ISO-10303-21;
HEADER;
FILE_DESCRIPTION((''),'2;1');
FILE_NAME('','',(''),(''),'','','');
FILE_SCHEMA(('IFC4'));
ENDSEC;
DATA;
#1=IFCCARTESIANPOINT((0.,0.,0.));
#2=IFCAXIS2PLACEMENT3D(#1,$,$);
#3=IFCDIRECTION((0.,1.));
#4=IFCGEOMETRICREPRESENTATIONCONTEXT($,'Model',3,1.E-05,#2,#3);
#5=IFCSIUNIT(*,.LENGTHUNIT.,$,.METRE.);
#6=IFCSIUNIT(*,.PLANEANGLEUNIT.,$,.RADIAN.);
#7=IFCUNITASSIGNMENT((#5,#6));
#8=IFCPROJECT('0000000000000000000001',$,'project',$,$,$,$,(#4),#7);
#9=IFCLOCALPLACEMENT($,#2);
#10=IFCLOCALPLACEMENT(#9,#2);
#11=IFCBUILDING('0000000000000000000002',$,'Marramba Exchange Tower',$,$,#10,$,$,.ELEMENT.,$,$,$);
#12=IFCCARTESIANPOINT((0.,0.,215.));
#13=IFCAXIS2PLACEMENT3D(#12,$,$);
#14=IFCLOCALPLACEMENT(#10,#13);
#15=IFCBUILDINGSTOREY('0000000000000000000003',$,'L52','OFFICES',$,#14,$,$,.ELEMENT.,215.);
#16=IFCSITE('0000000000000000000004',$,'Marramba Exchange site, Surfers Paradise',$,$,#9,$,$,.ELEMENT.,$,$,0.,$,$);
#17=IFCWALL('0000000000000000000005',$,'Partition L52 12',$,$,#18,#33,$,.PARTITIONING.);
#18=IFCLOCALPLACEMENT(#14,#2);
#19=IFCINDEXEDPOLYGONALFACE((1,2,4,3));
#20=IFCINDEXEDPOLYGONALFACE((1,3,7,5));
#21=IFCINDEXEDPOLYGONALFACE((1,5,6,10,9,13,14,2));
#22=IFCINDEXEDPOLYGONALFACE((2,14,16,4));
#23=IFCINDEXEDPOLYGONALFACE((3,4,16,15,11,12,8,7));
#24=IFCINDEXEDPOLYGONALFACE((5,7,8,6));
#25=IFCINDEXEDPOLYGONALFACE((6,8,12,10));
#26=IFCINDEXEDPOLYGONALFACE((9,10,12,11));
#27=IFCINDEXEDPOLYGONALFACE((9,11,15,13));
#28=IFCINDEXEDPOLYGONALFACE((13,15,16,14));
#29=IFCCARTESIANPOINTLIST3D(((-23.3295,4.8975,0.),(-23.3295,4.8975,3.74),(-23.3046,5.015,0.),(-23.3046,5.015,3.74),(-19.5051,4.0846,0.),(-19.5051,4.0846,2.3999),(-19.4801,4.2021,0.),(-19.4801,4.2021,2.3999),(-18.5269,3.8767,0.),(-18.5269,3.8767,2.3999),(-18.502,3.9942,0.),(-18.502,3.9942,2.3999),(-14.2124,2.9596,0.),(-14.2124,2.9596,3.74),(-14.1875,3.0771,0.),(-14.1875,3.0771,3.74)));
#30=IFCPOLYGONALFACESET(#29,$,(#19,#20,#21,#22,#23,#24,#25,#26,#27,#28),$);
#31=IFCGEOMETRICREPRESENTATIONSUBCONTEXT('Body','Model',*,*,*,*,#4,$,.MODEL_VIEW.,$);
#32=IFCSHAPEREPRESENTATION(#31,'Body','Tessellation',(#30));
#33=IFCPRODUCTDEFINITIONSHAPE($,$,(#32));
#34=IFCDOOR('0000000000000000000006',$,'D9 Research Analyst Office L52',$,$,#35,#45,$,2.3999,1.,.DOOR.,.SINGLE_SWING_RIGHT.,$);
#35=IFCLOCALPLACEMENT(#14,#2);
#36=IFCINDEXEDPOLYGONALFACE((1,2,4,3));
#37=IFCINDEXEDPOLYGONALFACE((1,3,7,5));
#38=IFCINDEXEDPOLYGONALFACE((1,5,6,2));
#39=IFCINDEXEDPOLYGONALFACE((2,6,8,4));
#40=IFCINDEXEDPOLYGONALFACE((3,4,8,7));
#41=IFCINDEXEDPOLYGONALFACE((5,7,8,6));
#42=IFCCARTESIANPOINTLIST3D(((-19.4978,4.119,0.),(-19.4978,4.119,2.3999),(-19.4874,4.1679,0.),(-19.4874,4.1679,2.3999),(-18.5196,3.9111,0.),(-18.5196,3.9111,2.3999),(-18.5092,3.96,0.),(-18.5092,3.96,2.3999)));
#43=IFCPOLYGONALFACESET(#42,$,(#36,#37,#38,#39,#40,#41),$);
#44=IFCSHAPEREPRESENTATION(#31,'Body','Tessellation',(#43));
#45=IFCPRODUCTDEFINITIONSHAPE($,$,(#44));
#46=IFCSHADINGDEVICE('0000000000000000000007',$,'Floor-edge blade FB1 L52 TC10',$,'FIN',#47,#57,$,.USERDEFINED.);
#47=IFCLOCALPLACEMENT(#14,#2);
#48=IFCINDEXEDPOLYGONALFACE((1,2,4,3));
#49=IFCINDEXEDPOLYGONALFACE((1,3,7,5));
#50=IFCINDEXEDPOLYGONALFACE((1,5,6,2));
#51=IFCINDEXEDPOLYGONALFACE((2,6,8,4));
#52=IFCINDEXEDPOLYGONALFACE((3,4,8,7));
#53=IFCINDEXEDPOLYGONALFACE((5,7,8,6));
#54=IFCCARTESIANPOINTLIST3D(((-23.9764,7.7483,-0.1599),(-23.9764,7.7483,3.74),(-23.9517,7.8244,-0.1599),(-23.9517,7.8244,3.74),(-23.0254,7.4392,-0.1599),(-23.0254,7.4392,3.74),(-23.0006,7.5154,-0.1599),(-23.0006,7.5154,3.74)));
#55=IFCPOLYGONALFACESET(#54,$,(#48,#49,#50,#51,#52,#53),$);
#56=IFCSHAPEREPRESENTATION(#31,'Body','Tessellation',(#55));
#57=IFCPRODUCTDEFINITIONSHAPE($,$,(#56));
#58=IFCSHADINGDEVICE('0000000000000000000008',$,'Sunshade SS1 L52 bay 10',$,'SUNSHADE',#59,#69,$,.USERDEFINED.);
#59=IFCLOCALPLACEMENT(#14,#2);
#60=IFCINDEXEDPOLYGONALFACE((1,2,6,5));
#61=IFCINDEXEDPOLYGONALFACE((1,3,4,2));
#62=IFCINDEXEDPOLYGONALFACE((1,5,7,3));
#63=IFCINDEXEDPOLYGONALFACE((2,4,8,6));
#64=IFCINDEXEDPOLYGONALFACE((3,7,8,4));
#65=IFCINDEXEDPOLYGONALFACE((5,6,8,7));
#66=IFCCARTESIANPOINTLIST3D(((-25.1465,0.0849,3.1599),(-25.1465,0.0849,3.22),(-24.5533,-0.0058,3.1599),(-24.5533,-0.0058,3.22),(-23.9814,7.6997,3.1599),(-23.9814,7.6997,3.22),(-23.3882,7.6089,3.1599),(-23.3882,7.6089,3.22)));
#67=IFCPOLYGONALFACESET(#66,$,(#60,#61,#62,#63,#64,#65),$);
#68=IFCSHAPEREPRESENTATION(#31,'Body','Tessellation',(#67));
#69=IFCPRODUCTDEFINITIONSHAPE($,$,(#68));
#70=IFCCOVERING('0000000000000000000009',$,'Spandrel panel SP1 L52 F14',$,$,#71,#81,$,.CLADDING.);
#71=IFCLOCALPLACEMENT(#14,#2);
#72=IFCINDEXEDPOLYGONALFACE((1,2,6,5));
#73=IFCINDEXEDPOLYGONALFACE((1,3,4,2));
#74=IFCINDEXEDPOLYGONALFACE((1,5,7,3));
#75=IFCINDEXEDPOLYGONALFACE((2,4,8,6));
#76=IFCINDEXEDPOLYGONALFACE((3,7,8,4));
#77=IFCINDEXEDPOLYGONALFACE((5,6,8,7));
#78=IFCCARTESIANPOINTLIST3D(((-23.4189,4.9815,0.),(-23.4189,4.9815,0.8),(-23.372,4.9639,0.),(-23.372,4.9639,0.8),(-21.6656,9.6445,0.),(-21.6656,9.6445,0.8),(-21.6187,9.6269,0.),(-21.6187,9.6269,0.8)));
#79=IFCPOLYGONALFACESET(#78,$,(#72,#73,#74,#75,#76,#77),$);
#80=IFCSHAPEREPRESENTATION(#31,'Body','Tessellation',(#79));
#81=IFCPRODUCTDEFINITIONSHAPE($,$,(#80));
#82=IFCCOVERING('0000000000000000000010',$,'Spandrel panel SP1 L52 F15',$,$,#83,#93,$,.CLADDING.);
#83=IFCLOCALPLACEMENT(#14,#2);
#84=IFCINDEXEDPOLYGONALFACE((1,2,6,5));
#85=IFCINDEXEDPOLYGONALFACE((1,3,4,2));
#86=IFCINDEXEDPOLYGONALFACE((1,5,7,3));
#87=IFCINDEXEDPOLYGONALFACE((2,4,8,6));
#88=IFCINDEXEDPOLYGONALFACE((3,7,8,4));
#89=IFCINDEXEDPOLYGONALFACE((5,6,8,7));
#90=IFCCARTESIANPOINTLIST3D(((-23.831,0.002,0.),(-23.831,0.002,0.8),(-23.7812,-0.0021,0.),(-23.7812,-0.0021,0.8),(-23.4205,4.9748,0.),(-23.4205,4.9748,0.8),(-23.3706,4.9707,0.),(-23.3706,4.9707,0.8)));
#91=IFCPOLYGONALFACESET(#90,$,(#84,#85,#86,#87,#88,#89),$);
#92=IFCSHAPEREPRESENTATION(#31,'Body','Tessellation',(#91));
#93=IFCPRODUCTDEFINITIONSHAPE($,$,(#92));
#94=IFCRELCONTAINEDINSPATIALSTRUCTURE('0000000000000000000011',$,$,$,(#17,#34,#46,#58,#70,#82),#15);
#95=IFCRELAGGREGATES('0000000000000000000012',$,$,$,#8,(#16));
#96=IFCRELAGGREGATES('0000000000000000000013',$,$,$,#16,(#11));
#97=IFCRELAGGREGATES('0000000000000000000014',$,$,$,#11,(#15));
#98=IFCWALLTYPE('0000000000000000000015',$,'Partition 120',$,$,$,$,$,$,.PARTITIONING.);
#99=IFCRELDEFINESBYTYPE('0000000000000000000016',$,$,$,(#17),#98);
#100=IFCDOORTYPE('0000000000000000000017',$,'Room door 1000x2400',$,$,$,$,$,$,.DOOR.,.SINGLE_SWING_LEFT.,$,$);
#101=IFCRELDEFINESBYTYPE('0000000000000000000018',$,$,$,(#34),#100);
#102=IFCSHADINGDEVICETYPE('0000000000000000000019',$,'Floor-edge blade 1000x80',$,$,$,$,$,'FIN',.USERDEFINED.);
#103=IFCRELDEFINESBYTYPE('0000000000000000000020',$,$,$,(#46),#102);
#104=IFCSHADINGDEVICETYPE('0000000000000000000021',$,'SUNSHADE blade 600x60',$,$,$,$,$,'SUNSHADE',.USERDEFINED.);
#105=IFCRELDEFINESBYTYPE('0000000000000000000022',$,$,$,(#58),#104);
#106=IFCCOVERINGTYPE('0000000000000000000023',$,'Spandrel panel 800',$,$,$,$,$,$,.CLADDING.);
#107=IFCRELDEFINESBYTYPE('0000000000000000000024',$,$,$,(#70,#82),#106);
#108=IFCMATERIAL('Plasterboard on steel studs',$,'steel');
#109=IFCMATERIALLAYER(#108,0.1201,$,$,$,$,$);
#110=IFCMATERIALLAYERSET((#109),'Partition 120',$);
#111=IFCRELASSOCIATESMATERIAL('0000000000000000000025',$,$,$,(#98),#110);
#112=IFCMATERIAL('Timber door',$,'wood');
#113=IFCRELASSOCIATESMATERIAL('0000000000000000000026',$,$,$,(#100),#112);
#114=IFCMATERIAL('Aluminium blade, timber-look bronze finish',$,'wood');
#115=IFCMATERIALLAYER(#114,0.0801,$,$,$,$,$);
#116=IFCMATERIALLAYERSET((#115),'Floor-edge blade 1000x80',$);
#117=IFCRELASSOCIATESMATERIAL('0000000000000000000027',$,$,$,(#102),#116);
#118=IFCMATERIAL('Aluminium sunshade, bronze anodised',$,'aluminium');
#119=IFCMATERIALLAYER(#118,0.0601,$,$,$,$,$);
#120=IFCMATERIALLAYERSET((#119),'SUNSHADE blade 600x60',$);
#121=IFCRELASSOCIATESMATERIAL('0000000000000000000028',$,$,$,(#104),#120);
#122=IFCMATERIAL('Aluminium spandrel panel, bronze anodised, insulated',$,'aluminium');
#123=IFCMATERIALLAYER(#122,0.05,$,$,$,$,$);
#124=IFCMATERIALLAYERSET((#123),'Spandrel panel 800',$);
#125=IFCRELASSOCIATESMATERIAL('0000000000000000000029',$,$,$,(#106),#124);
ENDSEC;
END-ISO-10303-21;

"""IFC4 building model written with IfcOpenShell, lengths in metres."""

from ifc_helpers import new_model, si_unit, direction, frame, frame_2d, origin, origin_2d, place, context, subcontext, project, spatial, rectangle, extrude, material, layer, layer_set, type_object, element, fill, save


model = new_model("IFC4")

# Units and contexts
model_context = context("Model", 3, precision=1e-05, world=origin(), true_north=direction((0.0, 1.0)))
body_context = subcontext(model_context, "Body", "Model", "MODEL_VIEW")
ifc_project = project(units=[si_unit("LENGTHUNIT", "METRE"), si_unit("PLANEANGLEUNIT", "RADIAN")], contexts=[model_context])

# Site, building, storey
site_placement = place(None, origin())
site = spatial("IfcSite", under=ifc_project, at=site_placement, Name="Marramba Exchange site, Surfers Paradise", CompositionType="ELEMENT", RefElevation=0.0)
building_placement = place(site_placement, origin())
building = spatial("IfcBuilding", under=site, at=building_placement, Name="Marramba Exchange Tower", CompositionType="ELEMENT")
storey_placement = place(building_placement, frame((0.0, 0.0, 215.0)))
storey = spatial("IfcBuildingStorey", under=building, at=storey_placement, Name="L52", Description="OFFICES", CompositionType="ELEMENT", Elevation=215.0)

# Wall, opening, door
ifc_material_1 = material(Name="Plasterboard on steel studs", Category="steel")
ifc_layer_1 = layer(ifc_material_1, 0.1201)
ifc_layer_set_1 = layer_set([ifc_layer_1], Name="Partition 120")
wall_type_1 = type_object("IfcWallType", Name="Partition 120", PredefinedType="PARTITIONING", material=ifc_layer_set_1)
wall_1_placement = place(storey_placement, frame((-14.2, 3.0183, 0.0), z_axis=(0.0, 0.0, 1.0), x_axis=(-0.978146, 0.207919, 0.0)))
wall_1 = element("IfcWall", 1, at=wall_1_placement, inside=storey, type_object=wall_type_1, Name="Partition L52 12", PredefinedType="PARTITIONING", context=body_context, shape_type="SweptSolid", body=[
    extrude(rectangle(XDim=9.3208, YDim=0.1201, at=frame_2d((4.6604, 0.0))), origin(), (0.0, 0.0, 1.0), 3.74),
])
opening_1_placement = place(wall_1_placement, frame((4.4109, 0.0, 0.0)))
opening_1 = element("IfcOpeningElement", 2, at=opening_1_placement, cuts=wall_1, PredefinedType="OPENING", context=body_context, shape_type="SweptSolid", body=[
    extrude(rectangle(XDim=1.0, YDim=2.3999, at=frame_2d((0.5, 1.2))), frame((0.0, 0.0701, 0.0), z_axis=(0.0, -1.0, 0.0), x_axis=(1.0, 0.0, 0.0)), (0.0, 0.0, 1.0), 0.1401),
])
ifc_material_2 = material(Name="Timber door", Category="wood")
door_type_1 = type_object("IfcDoorType", Name="Room door 1000x2400", OperationType="SINGLE_SWING_LEFT", PredefinedType="DOOR", material=ifc_material_2)
door_1_placement = place(opening_1_placement, origin())
door_1 = element("IfcDoor", 3, at=door_1_placement, inside=storey, type_object=door_type_1, Name="D9 Research Analyst Office L52", OperationType="SINGLE_SWING_RIGHT", OverallHeight=2.3999, OverallWidth=1.0, PredefinedType="DOOR", context=body_context, shape_type="SweptSolid", body=[
    extrude(rectangle(XDim=1.0, YDim=2.3999, at=frame_2d((0.5, 1.2))), frame((0.0, 0.0249, 0.0), z_axis=(0.0, -1.0, 0.0), x_axis=(1.0, 0.0, 0.0)), (0.0, 0.0, 1.0), 0.05),
])
fill(opening_1, door_1)

# Shading devices
ifc_material_3 = material(Name="Aluminium blade, timber-look bronze finish", Category="wood")
ifc_layer_2 = layer(ifc_material_3, 0.0801)
ifc_layer_set_2 = layer_set([ifc_layer_2], Name="Floor-edge blade 1000x80")
shading_device_type_1 = type_object("IfcShadingDeviceType", Name="Floor-edge blade 1000x80", ElementType="FIN", PredefinedType="USERDEFINED", material=ifc_layer_set_2)
shading_device_1_placement = place(storey_placement, frame((-23.4885, 7.6318, -0.1599), z_axis=(0.0, 0.0, 1.0), x_axis=(-0.951057, 0.309017, 0.0)))
element("IfcShadingDevice", 4, at=shading_device_1_placement, inside=storey, type_object=shading_device_type_1, Name="Floor-edge blade FB1 L52 TC10", ObjectType="FIN", PredefinedType="USERDEFINED", context=body_context, shape_type="SweptSolid", body=[
    extrude(rectangle(XDim=1.0, YDim=0.0801, at=origin_2d()), origin(), (0.0, 0.0, 1.0), 3.8999),
])
ifc_material_4 = material(Name="Aluminium sunshade, bronze anodised", Category="aluminium")
ifc_layer_3 = layer(ifc_material_4, 0.0601)
ifc_layer_set_3 = layer_set([ifc_layer_3], Name="SUNSHADE blade 600x60")
shading_device_type_2 = type_object("IfcShadingDeviceType", Name="SUNSHADE blade 600x60", ElementType="SUNSHADE", PredefinedType="USERDEFINED", material=ifc_layer_set_3)
shading_device_2_placement = place(storey_placement, frame((-24.2673, 3.8469, 3.1599), z_axis=(0.0, 0.0, 1.0), x_axis=(-0.151241, -0.988497, 0.0)))
element("IfcShadingDevice", 5, at=shading_device_2_placement, inside=storey, type_object=shading_device_type_2, Name="Sunshade SS1 L52 bay 10", ObjectType="SUNSHADE", PredefinedType="USERDEFINED", context=body_context, shape_type="SweptSolid", body=[
    extrude(rectangle(XDim=7.7034, YDim=0.6001, at=origin_2d()), origin(), (0.0, 0.0, 1.0), 0.0601),
])

# Coverings
ifc_material_5 = material(Name="Aluminium spandrel panel, bronze anodised, insulated", Category="aluminium")
ifc_layer_4 = layer(ifc_material_5, 0.05)
ifc_layer_set_4 = layer_set([ifc_layer_4], Name="Spandrel panel 800")
covering_type = type_object("IfcCoveringType", Name="Spandrel panel 800", PredefinedType="CLADDING", material=ifc_layer_set_4)
covering_1_placement = place(storey_placement, frame((-22.5188, 7.3042, 0.0), z_axis=(0.0, 0.0, 1.0), x_axis=(-0.351952, -0.936018, 0.0)))
element("IfcCovering", 6, at=covering_1_placement, inside=storey, type_object=covering_type, Name="Spandrel panel SP1 L52 F14", PredefinedType="CLADDING", context=body_context, shape_type="SweptSolid", body=[
    extrude(rectangle(XDim=4.9817, YDim=0.05, at=origin_2d()), origin(), (0.0, 0.0, 1.0), 0.8),
])
covering_2_placement = place(storey_placement, frame((-23.6008, 2.4863, 0.0), z_axis=(0.0, 0.0, 1.0), x_axis=(-0.082281, -0.996609, 0.0)))
element("IfcCovering", 7, at=covering_2_placement, inside=storey, type_object=covering_type, Name="Spandrel panel SP1 L52 F15", PredefinedType="CLADDING", context=body_context, shape_type="SweptSolid", body=[
    extrude(rectangle(XDim=4.9897, YDim=0.05, at=origin_2d()), origin(), (0.0, 0.0, 1.0), 0.8),
])

save(model, "model.ifc")
